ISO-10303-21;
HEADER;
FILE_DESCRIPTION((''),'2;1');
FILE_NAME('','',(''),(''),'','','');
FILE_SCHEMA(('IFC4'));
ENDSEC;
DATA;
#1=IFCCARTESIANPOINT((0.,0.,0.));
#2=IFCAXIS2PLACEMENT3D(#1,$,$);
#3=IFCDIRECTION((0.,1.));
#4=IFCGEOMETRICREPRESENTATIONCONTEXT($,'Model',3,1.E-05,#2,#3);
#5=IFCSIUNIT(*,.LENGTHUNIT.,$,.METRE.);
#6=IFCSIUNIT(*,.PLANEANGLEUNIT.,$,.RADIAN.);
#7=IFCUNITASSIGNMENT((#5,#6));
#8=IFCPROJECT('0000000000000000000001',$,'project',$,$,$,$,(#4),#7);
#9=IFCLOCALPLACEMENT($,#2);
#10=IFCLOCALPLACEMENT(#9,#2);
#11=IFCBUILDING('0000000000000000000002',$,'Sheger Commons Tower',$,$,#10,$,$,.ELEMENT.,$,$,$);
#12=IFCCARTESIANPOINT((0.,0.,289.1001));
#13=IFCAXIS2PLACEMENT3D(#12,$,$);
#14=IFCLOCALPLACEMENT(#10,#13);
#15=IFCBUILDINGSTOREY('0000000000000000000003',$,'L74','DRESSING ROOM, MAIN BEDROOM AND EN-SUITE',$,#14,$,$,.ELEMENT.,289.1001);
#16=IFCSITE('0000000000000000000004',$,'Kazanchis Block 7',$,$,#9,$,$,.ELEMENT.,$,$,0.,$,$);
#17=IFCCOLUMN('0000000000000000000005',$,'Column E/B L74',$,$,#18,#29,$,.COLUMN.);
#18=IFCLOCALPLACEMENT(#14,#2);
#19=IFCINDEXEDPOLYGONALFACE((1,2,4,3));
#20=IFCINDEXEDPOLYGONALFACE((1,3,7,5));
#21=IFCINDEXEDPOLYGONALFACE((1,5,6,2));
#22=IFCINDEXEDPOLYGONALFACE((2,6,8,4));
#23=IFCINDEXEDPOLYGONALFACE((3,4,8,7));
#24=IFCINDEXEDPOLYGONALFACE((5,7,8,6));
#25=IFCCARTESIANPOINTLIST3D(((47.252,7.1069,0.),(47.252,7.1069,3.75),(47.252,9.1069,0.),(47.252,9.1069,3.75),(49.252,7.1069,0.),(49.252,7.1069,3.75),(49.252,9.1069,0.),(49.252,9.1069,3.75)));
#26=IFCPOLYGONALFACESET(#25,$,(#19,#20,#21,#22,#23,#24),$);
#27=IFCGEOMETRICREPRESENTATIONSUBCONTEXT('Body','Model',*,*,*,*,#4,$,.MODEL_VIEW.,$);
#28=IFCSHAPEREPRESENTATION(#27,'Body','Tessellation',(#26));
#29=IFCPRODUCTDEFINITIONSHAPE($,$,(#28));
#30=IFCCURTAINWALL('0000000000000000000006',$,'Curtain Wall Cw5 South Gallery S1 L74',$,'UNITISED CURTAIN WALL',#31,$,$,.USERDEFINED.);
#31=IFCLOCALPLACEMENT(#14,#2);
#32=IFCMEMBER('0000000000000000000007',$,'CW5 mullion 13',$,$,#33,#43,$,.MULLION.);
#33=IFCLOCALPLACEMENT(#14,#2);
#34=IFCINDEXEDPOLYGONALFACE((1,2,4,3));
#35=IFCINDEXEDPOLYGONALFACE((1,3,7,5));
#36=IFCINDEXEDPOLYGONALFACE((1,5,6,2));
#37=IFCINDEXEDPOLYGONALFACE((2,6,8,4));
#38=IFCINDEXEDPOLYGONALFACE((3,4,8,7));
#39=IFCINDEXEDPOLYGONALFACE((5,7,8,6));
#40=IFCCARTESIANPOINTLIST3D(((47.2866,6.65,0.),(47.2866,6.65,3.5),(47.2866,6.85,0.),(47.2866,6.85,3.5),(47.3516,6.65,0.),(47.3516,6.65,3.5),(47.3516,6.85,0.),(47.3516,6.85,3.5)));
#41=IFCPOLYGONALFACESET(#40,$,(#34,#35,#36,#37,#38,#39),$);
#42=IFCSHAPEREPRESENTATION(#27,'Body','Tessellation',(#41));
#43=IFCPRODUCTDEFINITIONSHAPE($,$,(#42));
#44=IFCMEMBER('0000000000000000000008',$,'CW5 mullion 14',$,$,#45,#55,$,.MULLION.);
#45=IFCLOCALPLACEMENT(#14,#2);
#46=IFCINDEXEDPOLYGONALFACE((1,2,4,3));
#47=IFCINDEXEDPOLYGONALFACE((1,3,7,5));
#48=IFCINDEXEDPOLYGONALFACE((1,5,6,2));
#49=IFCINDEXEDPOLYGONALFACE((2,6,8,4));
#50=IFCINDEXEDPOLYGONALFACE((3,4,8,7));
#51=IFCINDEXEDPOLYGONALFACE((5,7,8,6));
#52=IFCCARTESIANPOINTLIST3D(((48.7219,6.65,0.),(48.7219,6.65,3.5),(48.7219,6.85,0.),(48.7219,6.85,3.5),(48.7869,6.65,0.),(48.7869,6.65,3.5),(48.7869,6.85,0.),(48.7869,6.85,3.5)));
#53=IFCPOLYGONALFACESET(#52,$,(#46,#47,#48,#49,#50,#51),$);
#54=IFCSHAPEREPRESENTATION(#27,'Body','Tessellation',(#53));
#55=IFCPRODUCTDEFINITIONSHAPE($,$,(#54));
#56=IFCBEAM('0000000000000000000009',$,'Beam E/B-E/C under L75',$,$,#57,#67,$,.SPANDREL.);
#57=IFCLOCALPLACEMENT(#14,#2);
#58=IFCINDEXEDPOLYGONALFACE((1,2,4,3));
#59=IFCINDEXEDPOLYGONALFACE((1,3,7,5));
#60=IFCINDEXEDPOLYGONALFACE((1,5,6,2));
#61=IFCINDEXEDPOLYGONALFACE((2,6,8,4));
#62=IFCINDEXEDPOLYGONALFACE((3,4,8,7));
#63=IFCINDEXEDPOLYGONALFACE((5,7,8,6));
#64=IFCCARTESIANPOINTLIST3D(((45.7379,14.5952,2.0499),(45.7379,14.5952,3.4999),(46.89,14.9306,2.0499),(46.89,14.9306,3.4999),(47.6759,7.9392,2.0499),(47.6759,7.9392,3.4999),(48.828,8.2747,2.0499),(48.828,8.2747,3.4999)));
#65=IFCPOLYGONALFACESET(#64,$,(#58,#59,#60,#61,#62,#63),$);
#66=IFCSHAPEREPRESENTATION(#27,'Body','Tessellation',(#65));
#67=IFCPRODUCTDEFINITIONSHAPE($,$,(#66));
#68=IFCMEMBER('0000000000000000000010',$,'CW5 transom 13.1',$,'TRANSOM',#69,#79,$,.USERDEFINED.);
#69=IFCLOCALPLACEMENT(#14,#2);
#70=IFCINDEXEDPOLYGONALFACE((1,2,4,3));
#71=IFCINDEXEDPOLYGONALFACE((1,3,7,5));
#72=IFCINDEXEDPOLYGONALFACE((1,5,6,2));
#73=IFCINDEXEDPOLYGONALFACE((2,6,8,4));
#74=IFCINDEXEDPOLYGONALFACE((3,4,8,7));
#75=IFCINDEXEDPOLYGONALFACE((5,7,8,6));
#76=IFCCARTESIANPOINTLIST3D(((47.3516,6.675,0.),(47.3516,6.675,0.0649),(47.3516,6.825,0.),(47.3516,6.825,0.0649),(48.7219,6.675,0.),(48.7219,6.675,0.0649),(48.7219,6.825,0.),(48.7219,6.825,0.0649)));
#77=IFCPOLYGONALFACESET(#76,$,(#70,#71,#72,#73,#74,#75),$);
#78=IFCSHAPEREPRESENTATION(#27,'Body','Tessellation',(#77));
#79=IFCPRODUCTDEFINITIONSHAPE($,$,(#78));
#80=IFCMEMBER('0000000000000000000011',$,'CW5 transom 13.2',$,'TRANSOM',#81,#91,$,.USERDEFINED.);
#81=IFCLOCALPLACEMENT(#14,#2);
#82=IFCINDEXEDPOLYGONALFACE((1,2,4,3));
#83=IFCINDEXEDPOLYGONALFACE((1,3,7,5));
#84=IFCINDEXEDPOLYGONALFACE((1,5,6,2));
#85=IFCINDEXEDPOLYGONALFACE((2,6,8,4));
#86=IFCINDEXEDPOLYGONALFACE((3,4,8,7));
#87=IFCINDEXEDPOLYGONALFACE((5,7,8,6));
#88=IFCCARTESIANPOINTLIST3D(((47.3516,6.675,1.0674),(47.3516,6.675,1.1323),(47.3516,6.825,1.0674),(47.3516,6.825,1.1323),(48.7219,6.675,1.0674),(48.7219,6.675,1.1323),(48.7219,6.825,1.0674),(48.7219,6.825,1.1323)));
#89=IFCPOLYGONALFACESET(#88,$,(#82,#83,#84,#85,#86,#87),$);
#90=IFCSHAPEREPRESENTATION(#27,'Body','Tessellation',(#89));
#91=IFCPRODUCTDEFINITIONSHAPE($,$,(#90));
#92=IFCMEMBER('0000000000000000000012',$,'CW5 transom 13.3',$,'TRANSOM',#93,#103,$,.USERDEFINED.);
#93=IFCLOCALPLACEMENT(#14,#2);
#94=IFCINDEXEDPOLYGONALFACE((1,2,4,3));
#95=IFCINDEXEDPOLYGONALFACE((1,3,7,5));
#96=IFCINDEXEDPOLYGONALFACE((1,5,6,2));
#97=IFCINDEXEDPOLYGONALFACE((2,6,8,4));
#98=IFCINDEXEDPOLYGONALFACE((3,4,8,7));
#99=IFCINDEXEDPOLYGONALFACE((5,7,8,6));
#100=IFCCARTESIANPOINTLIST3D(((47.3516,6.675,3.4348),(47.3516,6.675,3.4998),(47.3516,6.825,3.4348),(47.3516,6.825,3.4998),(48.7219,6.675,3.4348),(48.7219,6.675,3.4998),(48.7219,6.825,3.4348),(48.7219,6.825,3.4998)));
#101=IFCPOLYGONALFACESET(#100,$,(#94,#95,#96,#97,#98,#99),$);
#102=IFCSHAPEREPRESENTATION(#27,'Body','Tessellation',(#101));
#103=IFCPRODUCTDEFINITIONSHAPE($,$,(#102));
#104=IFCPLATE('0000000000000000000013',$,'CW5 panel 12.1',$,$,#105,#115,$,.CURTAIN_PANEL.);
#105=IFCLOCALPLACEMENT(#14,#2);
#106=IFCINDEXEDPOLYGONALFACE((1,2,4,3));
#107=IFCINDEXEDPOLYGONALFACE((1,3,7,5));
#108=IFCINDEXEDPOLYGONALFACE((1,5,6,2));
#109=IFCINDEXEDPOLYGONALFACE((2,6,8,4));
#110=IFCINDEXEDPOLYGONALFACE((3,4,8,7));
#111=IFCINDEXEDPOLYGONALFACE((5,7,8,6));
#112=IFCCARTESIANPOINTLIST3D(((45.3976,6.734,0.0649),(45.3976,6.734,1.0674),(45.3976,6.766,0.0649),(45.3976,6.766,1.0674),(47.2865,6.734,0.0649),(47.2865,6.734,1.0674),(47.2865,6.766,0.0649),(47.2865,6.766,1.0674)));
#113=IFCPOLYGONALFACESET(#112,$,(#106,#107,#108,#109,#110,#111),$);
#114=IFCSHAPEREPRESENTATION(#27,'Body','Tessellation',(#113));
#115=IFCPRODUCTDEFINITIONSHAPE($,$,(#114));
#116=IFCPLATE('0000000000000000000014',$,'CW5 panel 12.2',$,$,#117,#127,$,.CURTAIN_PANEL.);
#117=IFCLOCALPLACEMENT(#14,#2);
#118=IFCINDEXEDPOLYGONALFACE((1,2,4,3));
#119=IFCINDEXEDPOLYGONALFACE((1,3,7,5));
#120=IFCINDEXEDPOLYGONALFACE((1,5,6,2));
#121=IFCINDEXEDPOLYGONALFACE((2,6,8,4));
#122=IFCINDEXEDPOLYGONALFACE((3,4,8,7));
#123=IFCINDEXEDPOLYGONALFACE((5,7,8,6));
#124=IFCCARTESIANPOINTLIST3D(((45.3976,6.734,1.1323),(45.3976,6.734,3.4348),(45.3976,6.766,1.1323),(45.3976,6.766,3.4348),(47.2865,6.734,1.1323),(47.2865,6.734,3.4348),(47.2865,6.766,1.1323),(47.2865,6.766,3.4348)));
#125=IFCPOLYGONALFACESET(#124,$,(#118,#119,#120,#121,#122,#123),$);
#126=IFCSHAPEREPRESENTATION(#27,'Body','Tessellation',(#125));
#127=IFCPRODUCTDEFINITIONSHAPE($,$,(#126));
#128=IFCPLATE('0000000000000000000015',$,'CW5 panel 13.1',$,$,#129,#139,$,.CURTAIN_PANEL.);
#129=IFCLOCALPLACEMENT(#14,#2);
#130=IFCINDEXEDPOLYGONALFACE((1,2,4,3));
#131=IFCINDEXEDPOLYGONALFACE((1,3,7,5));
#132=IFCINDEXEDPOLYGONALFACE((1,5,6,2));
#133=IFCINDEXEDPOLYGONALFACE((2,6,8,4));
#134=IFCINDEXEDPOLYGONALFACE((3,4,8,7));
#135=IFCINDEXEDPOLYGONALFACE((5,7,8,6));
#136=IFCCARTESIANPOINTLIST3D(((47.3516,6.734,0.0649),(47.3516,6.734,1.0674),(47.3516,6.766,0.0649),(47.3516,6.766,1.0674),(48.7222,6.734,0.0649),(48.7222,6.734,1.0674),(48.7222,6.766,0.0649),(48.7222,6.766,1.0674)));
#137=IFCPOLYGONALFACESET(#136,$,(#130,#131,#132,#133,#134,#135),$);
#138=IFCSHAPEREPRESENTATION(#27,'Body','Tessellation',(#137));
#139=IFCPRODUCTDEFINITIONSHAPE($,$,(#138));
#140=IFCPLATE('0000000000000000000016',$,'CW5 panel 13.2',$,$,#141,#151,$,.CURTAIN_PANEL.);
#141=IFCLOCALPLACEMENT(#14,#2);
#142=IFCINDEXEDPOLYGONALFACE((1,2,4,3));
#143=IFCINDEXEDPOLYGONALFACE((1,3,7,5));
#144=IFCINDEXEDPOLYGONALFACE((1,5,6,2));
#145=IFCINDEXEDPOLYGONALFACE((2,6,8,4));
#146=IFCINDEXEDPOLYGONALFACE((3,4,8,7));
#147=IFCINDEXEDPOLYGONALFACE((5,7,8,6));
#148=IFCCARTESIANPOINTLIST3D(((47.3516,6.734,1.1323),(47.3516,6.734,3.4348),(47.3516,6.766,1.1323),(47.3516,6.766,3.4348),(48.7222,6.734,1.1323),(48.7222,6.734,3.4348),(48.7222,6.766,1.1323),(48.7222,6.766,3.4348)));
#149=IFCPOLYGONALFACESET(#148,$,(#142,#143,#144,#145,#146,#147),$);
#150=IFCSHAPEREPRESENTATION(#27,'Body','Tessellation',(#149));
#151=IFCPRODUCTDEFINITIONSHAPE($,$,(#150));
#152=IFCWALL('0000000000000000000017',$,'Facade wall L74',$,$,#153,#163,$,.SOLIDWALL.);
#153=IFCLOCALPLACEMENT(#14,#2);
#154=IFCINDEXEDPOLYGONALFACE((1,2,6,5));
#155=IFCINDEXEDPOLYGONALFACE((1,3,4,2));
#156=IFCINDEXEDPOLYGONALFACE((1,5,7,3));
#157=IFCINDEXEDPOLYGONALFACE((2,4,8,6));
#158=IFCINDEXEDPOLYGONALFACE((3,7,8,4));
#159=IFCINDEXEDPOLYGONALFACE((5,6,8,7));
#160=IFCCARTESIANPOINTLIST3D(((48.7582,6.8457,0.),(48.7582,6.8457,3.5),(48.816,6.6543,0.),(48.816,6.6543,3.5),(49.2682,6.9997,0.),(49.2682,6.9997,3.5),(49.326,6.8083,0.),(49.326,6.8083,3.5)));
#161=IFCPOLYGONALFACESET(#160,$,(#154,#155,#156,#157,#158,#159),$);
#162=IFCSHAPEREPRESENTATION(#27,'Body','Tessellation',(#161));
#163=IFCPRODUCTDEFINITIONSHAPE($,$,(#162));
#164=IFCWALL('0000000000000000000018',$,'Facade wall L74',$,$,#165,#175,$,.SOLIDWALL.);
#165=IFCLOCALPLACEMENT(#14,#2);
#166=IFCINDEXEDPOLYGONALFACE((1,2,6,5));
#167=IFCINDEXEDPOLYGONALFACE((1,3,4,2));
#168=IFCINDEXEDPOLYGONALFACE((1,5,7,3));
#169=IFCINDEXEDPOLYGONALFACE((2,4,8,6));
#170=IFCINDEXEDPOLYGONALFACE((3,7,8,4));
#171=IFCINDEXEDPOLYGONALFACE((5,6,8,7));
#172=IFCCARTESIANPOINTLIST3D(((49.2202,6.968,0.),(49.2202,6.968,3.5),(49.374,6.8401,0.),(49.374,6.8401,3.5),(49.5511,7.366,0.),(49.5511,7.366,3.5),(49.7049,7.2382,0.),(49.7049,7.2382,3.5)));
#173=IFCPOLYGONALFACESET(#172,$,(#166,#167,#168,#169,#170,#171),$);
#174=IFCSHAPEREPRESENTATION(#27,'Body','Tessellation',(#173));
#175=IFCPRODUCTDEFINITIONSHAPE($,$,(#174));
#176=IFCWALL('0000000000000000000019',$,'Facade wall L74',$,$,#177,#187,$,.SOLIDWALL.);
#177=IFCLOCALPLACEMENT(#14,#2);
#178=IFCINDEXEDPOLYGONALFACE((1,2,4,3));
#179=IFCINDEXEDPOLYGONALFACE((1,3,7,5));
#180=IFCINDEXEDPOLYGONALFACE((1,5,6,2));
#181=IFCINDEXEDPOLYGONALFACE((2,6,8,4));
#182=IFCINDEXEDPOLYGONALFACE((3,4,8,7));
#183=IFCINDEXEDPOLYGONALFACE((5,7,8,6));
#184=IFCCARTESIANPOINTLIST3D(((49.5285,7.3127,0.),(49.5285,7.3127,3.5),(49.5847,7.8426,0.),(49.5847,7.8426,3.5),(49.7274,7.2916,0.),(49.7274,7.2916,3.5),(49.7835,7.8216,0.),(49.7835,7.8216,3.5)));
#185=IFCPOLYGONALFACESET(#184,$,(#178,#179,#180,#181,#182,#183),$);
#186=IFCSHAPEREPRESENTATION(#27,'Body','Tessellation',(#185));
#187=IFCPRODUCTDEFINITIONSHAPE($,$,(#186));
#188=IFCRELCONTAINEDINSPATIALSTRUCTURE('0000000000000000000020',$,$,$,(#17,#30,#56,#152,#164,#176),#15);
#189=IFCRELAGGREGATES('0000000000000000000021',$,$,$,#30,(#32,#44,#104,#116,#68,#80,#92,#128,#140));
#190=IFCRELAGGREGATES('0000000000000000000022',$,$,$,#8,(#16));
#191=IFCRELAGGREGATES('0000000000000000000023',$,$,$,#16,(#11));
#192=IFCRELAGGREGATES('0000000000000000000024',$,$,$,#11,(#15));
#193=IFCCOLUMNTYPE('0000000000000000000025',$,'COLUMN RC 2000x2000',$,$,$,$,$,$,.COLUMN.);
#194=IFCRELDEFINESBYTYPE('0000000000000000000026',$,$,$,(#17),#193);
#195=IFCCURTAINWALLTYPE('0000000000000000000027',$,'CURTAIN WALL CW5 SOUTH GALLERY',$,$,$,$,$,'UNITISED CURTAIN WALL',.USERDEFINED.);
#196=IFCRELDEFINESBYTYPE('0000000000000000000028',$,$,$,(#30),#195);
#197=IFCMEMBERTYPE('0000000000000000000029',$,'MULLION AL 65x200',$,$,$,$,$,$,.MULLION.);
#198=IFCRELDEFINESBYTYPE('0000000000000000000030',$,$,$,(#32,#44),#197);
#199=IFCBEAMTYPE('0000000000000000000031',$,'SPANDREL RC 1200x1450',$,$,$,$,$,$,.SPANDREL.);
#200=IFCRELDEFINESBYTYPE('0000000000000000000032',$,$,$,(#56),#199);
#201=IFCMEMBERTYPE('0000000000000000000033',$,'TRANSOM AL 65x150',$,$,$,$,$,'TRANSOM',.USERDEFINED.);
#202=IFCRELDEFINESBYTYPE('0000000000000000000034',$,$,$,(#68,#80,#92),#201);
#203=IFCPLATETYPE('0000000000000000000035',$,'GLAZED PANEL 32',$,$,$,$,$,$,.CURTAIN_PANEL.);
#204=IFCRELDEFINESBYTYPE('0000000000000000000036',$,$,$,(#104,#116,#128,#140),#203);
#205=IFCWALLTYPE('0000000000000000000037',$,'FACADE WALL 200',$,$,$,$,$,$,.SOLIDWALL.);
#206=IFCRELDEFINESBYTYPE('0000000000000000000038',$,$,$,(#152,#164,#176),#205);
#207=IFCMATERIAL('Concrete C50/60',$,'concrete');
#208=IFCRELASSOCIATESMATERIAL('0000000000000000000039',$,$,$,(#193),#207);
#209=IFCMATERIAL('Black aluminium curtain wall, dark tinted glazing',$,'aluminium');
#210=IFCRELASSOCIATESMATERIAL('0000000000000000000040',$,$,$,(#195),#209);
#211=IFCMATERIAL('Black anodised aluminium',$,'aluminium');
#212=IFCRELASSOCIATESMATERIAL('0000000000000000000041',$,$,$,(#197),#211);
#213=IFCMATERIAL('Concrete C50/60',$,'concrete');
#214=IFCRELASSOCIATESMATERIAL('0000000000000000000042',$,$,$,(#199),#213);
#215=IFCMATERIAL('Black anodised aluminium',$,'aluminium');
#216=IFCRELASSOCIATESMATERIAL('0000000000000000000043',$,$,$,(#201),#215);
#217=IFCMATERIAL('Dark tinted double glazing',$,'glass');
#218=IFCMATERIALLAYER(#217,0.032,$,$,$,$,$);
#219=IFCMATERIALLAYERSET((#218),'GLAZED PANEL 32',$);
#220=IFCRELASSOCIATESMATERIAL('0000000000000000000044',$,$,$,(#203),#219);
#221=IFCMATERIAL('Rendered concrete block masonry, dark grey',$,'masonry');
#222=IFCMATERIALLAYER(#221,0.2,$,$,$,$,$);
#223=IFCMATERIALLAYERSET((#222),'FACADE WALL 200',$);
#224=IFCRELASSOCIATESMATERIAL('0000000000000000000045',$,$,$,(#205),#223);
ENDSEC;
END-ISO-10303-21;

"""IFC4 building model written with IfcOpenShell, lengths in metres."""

from ifc_helpers import new_model, si_unit, direction, frame, frame_2d, origin, origin_2d, place, context, subcontext, project, spatial, rectangle, extrude, material, layer, layer_set, material_profile, profile_set, type_object, element, aggregate, save


model = new_model("IFC4")

# Units and contexts
model_context = context("Model", 3, precision=1e-05, world=origin(), true_north=direction((0.0, 1.0)))
body_context = subcontext(model_context, "Body", "Model", "MODEL_VIEW")
ifc_project = project(units=[si_unit("LENGTHUNIT", "METRE"), si_unit("PLANEANGLEUNIT", "RADIAN")], contexts=[model_context])

# Site, building, storey
site_placement = place(None, origin())
site = spatial("IfcSite", under=ifc_project, at=site_placement, Name="Kazanchis Block 7", CompositionType="ELEMENT", RefElevation=0.0)
building_placement = place(site_placement, origin())
building = spatial("IfcBuilding", under=site, at=building_placement, Name="Sheger Commons Tower", CompositionType="ELEMENT")
storey_placement = place(building_placement, frame((0.0, 0.0, 289.1001)))
storey = spatial("IfcBuildingStorey", under=building, at=storey_placement, Name="L74", Description="DRESSING ROOM, MAIN BEDROOM AND EN-SUITE", CompositionType="ELEMENT", Elevation=289.1001)

# Column
ifc_material_1 = material(Name="Concrete C50/60", Category="concrete")
ifc_material_profile_1 = material_profile(ifc_material_1, rectangle(XDim=2.0, YDim=2.0, at=origin_2d()), Name="RC 2000x2000")
ifc_profile_set_1 = profile_set([ifc_material_profile_1], Name="Concrete C50/60")
column_type = type_object("IfcColumnType", Name="COLUMN RC 2000x2000", PredefinedType="COLUMN", material=ifc_profile_set_1)
column_placement = place(storey_placement, frame((48.252, 8.1069, 0.0), z_axis=(0.0, 0.0, 1.0), x_axis=(1.0, 0.0, 0.0)))
element("IfcColumn", 1, at=column_placement, inside=storey, type_object=column_type, Name="Column E/B L74", PredefinedType="COLUMN", context=body_context, shape_type="SweptSolid", body=[
    extrude(rectangle(XDim=2.0, YDim=2.0, at=origin_2d()), origin(), (0.0, 0.0, 1.0), 3.75),
])

# Curtain wall, members
ifc_material_2 = material(Name="Black aluminium curtain wall, dark tinted glazing", Category="aluminium")
curtain_wall_type = type_object("IfcCurtainWallType", Name="CURTAIN WALL CW5 SOUTH GALLERY", ElementType="UNITISED CURTAIN WALL", PredefinedType="USERDEFINED", material=ifc_material_2)
curtain_wall_placement = place(storey_placement, origin())
curtain_wall = element("IfcCurtainWall", 2, at=curtain_wall_placement, inside=storey, type_object=curtain_wall_type, Name="Curtain Wall Cw5 South Gallery S1 L74", ObjectType="UNITISED CURTAIN WALL", PredefinedType="USERDEFINED")
ifc_material_3 = material(Name="Black anodised aluminium", Category="aluminium")
ifc_material_profile_2 = material_profile(ifc_material_3, rectangle(XDim=0.2, YDim=0.0649, at=origin_2d()), Name="AL 65x200")
ifc_profile_set_2 = profile_set([ifc_material_profile_2], Name="Black anodised aluminium")
member_type_1 = type_object("IfcMemberType", Name="MULLION AL 65x200", PredefinedType="MULLION", material=ifc_profile_set_2)
member_1_placement = place(storey_placement, frame((47.3191, 6.75, 0.0), z_axis=(0.0, 0.0, 1.0), x_axis=(0.0, 1.0, 0.0)))
member_1 = element("IfcMember", 3, at=member_1_placement, type_object=member_type_1, Name="CW5 mullion 13", PredefinedType="MULLION", context=body_context, shape_type="SweptSolid", body=[
    extrude(rectangle(XDim=0.2, YDim=0.0649, at=origin_2d()), origin(), (0.0, 0.0, 1.0), 3.5),
])
member_2_placement = place(storey_placement, frame((48.7544, 6.75, 0.0), z_axis=(0.0, 0.0, 1.0), x_axis=(0.0, 1.0, 0.0)))
member_2 = element("IfcMember", 4, at=member_2_placement, type_object=member_type_1, Name="CW5 mullion 14", PredefinedType="MULLION", context=body_context, shape_type="SweptSolid", body=[
    extrude(rectangle(XDim=0.2, YDim=0.0649, at=origin_2d()), origin(), (0.0, 0.0, 1.0), 3.5),
])

# Beam
ifc_material_4 = material(Name="Concrete C50/60", Category="concrete")
ifc_material_profile_3 = material_profile(ifc_material_4, rectangle(XDim=1.2, YDim=1.45, at=origin_2d()), Name="RC 1200x1450")
ifc_profile_set_3 = profile_set([ifc_material_profile_3], Name="Concrete C50/60")
beam_type = type_object("IfcBeamType", Name="SPANDREL RC 1200x1450", PredefinedType="SPANDREL", material=ifc_profile_set_3)
beam_placement = place(storey_placement, frame((48.252, 8.1069, 2.7749), z_axis=(-0.279555, 0.96013, 0.0), x_axis=(-0.96013, -0.279555, 0.0)))
element("IfcBeam", 5, at=beam_placement, inside=storey, type_object=beam_type, Name="Beam E/B-E/C under L75", PredefinedType="SPANDREL", context=body_context, shape_type="SweptSolid", body=[
    extrude(rectangle(XDim=1.2, YDim=1.45, at=origin_2d()), origin(), (0.0, 0.0, 1.0), 6.9324),
])

# Members
ifc_material_5 = material(Name="Black anodised aluminium", Category="aluminium")
ifc_material_profile_4 = material_profile(ifc_material_5, rectangle(XDim=0.1499, YDim=0.0649, at=origin_2d()), Name="AL 65x150")
ifc_profile_set_4 = profile_set([ifc_material_profile_4], Name="Black anodised aluminium")
member_type_2 = type_object("IfcMemberType", Name="TRANSOM AL 65x150", ElementType="TRANSOM", PredefinedType="USERDEFINED", material=ifc_profile_set_4)
member_3_placement = place(storey_placement, frame((47.3516, 6.75, 0.0325), z_axis=(1.0, 0.0, 0.0), x_axis=(0.0, 1.0, 0.0)))
member_3 = element("IfcMember", 6, at=member_3_placement, type_object=member_type_2, Name="CW5 transom 13.1", ObjectType="TRANSOM", PredefinedType="USERDEFINED", context=body_context, shape_type="SweptSolid", body=[
    extrude(rectangle(XDim=0.1499, YDim=0.0649, at=origin_2d()), origin(), (0.0, 0.0, 1.0), 1.3704),
])
member_4_placement = place(storey_placement, frame((47.3516, 6.75, 1.0999), z_axis=(1.0, 0.0, 0.0), x_axis=(0.0, 1.0, 0.0)))
member_4 = element("IfcMember", 7, at=member_4_placement, type_object=member_type_2, Name="CW5 transom 13.2", ObjectType="TRANSOM", PredefinedType="USERDEFINED", context=body_context, shape_type="SweptSolid", body=[
    extrude(rectangle(XDim=0.1499, YDim=0.0649, at=origin_2d()), origin(), (0.0, 0.0, 1.0), 1.3704),
])
member_5_placement = place(storey_placement, frame((47.3516, 6.75, 3.4673), z_axis=(1.0, 0.0, 0.0), x_axis=(0.0, 1.0, 0.0)))
member_5 = element("IfcMember", 8, at=member_5_placement, type_object=member_type_2, Name="CW5 transom 13.3", ObjectType="TRANSOM", PredefinedType="USERDEFINED", context=body_context, shape_type="SweptSolid", body=[
    extrude(rectangle(XDim=0.1499, YDim=0.0649, at=origin_2d()), origin(), (0.0, 0.0, 1.0), 1.3704),
])

# Plates
ifc_material_6 = material(Name="Dark tinted double glazing", Category="glass")
ifc_layer_1 = layer(ifc_material_6, 0.032)
ifc_layer_set_1 = layer_set([ifc_layer_1], Name="GLAZED PANEL 32")
plate_type = type_object("IfcPlateType", Name="GLAZED PANEL 32", PredefinedType="CURTAIN_PANEL", material=ifc_layer_set_1)
plate_1_placement = place(storey_placement, frame((46.342, 6.75, 0.0649), z_axis=(0.0, 0.0, 1.0), x_axis=(1.0, 0.0, 0.0)))
plate_1 = element("IfcPlate", 9, at=plate_1_placement, type_object=plate_type, Name="CW5 panel 12.1", PredefinedType="CURTAIN_PANEL", context=body_context, shape_type="SweptSolid", body=[
    extrude(rectangle(XDim=1.8889, YDim=0.032, at=origin_2d()), origin(), (0.0, 0.0, 1.0), 1.0024),
])
plate_2_placement = place(storey_placement, frame((46.342, 6.75, 1.1323), z_axis=(0.0, 0.0, 1.0), x_axis=(1.0, 0.0, 0.0)))
plate_2 = element("IfcPlate", 10, at=plate_2_placement, type_object=plate_type, Name="CW5 panel 12.2", PredefinedType="CURTAIN_PANEL", context=body_context, shape_type="SweptSolid", body=[
    extrude(rectangle(XDim=1.8889, YDim=0.032, at=origin_2d()), origin(), (0.0, 0.0, 1.0), 2.3025),
])
plate_3_placement = place(storey_placement, frame((48.0369, 6.75, 0.0649), z_axis=(0.0, 0.0, 1.0), x_axis=(1.0, 0.0, 0.0)))
plate_3 = element("IfcPlate", 11, at=plate_3_placement, type_object=plate_type, Name="CW5 panel 13.1", PredefinedType="CURTAIN_PANEL", context=body_context, shape_type="SweptSolid", body=[
    extrude(rectangle(XDim=1.3706, YDim=0.032, at=origin_2d()), origin(), (0.0, 0.0, 1.0), 1.0024),
])
plate_4_placement = place(storey_placement, frame((48.0369, 6.75, 1.1323), z_axis=(0.0, 0.0, 1.0), x_axis=(1.0, 0.0, 0.0)))
plate_4 = element("IfcPlate", 12, at=plate_4_placement, type_object=plate_type, Name="CW5 panel 13.2", PredefinedType="CURTAIN_PANEL", context=body_context, shape_type="SweptSolid", body=[
    extrude(rectangle(XDim=1.3706, YDim=0.032, at=origin_2d()), origin(), (0.0, 0.0, 1.0), 2.3025),
])
aggregate(curtain_wall, [member_1, member_2, plate_1, plate_2, member_3, member_4, member_5, plate_3, plate_4])

# Walls
ifc_material_7 = material(Name="Rendered concrete block masonry, dark grey", Category="masonry")
ifc_layer_2 = layer(ifc_material_7, 0.2)
ifc_layer_set_2 = layer_set([ifc_layer_2], Name="FACADE WALL 200")
wall_type_1 = type_object("IfcWallType", Name="FACADE WALL 200", PredefinedType="SOLIDWALL", material=ifc_layer_set_2)
wall_1_placement = place(storey_placement, frame((48.7871, 6.75, 0.0), z_axis=(0.0, 0.0, 1.0), x_axis=(0.957282, 0.289155, 0.0)))
element("IfcWall", 13, at=wall_1_placement, inside=storey, type_object=wall_type_1, Name="Facade wall L74", PredefinedType="SOLIDWALL", context=body_context, shape_type="SweptSolid", body=[
    extrude(rectangle(XDim=0.5327, YDim=0.2, at=frame_2d((0.2664, 0.0))), origin(), (0.0, 0.0, 1.0), 3.5),
])
wall_2_placement = place(storey_placement, frame((49.2971, 6.9041, 0.0), z_axis=(0.0, 0.0, 1.0), x_axis=(0.639256, 0.768994, 0.0)))
element("IfcWall", 14, at=wall_2_placement, inside=storey, type_object=wall_type_1, Name="Facade wall L74", PredefinedType="SOLIDWALL", context=body_context, shape_type="SweptSolid", body=[
    extrude(rectangle(XDim=0.5176, YDim=0.2, at=frame_2d((0.2588, 0.0))), origin(), (0.0, 0.0, 1.0), 3.5),
])
wall_3_placement = place(storey_placement, frame((49.6279, 7.302, 0.0), z_axis=(0.0, 0.0, 1.0), x_axis=(0.105352, 0.994435, 0.0)))
element("IfcWall", 15, at=wall_3_placement, inside=storey, type_object=wall_type_1, Name="Facade wall L74", PredefinedType="SOLIDWALL", context=body_context, shape_type="SweptSolid", body=[
    extrude(rectangle(XDim=0.533, YDim=0.2, at=frame_2d((0.2666, 0.0))), origin(), (0.0, 0.0, 1.0), 3.5),
])

save(model, "model.ifc")
